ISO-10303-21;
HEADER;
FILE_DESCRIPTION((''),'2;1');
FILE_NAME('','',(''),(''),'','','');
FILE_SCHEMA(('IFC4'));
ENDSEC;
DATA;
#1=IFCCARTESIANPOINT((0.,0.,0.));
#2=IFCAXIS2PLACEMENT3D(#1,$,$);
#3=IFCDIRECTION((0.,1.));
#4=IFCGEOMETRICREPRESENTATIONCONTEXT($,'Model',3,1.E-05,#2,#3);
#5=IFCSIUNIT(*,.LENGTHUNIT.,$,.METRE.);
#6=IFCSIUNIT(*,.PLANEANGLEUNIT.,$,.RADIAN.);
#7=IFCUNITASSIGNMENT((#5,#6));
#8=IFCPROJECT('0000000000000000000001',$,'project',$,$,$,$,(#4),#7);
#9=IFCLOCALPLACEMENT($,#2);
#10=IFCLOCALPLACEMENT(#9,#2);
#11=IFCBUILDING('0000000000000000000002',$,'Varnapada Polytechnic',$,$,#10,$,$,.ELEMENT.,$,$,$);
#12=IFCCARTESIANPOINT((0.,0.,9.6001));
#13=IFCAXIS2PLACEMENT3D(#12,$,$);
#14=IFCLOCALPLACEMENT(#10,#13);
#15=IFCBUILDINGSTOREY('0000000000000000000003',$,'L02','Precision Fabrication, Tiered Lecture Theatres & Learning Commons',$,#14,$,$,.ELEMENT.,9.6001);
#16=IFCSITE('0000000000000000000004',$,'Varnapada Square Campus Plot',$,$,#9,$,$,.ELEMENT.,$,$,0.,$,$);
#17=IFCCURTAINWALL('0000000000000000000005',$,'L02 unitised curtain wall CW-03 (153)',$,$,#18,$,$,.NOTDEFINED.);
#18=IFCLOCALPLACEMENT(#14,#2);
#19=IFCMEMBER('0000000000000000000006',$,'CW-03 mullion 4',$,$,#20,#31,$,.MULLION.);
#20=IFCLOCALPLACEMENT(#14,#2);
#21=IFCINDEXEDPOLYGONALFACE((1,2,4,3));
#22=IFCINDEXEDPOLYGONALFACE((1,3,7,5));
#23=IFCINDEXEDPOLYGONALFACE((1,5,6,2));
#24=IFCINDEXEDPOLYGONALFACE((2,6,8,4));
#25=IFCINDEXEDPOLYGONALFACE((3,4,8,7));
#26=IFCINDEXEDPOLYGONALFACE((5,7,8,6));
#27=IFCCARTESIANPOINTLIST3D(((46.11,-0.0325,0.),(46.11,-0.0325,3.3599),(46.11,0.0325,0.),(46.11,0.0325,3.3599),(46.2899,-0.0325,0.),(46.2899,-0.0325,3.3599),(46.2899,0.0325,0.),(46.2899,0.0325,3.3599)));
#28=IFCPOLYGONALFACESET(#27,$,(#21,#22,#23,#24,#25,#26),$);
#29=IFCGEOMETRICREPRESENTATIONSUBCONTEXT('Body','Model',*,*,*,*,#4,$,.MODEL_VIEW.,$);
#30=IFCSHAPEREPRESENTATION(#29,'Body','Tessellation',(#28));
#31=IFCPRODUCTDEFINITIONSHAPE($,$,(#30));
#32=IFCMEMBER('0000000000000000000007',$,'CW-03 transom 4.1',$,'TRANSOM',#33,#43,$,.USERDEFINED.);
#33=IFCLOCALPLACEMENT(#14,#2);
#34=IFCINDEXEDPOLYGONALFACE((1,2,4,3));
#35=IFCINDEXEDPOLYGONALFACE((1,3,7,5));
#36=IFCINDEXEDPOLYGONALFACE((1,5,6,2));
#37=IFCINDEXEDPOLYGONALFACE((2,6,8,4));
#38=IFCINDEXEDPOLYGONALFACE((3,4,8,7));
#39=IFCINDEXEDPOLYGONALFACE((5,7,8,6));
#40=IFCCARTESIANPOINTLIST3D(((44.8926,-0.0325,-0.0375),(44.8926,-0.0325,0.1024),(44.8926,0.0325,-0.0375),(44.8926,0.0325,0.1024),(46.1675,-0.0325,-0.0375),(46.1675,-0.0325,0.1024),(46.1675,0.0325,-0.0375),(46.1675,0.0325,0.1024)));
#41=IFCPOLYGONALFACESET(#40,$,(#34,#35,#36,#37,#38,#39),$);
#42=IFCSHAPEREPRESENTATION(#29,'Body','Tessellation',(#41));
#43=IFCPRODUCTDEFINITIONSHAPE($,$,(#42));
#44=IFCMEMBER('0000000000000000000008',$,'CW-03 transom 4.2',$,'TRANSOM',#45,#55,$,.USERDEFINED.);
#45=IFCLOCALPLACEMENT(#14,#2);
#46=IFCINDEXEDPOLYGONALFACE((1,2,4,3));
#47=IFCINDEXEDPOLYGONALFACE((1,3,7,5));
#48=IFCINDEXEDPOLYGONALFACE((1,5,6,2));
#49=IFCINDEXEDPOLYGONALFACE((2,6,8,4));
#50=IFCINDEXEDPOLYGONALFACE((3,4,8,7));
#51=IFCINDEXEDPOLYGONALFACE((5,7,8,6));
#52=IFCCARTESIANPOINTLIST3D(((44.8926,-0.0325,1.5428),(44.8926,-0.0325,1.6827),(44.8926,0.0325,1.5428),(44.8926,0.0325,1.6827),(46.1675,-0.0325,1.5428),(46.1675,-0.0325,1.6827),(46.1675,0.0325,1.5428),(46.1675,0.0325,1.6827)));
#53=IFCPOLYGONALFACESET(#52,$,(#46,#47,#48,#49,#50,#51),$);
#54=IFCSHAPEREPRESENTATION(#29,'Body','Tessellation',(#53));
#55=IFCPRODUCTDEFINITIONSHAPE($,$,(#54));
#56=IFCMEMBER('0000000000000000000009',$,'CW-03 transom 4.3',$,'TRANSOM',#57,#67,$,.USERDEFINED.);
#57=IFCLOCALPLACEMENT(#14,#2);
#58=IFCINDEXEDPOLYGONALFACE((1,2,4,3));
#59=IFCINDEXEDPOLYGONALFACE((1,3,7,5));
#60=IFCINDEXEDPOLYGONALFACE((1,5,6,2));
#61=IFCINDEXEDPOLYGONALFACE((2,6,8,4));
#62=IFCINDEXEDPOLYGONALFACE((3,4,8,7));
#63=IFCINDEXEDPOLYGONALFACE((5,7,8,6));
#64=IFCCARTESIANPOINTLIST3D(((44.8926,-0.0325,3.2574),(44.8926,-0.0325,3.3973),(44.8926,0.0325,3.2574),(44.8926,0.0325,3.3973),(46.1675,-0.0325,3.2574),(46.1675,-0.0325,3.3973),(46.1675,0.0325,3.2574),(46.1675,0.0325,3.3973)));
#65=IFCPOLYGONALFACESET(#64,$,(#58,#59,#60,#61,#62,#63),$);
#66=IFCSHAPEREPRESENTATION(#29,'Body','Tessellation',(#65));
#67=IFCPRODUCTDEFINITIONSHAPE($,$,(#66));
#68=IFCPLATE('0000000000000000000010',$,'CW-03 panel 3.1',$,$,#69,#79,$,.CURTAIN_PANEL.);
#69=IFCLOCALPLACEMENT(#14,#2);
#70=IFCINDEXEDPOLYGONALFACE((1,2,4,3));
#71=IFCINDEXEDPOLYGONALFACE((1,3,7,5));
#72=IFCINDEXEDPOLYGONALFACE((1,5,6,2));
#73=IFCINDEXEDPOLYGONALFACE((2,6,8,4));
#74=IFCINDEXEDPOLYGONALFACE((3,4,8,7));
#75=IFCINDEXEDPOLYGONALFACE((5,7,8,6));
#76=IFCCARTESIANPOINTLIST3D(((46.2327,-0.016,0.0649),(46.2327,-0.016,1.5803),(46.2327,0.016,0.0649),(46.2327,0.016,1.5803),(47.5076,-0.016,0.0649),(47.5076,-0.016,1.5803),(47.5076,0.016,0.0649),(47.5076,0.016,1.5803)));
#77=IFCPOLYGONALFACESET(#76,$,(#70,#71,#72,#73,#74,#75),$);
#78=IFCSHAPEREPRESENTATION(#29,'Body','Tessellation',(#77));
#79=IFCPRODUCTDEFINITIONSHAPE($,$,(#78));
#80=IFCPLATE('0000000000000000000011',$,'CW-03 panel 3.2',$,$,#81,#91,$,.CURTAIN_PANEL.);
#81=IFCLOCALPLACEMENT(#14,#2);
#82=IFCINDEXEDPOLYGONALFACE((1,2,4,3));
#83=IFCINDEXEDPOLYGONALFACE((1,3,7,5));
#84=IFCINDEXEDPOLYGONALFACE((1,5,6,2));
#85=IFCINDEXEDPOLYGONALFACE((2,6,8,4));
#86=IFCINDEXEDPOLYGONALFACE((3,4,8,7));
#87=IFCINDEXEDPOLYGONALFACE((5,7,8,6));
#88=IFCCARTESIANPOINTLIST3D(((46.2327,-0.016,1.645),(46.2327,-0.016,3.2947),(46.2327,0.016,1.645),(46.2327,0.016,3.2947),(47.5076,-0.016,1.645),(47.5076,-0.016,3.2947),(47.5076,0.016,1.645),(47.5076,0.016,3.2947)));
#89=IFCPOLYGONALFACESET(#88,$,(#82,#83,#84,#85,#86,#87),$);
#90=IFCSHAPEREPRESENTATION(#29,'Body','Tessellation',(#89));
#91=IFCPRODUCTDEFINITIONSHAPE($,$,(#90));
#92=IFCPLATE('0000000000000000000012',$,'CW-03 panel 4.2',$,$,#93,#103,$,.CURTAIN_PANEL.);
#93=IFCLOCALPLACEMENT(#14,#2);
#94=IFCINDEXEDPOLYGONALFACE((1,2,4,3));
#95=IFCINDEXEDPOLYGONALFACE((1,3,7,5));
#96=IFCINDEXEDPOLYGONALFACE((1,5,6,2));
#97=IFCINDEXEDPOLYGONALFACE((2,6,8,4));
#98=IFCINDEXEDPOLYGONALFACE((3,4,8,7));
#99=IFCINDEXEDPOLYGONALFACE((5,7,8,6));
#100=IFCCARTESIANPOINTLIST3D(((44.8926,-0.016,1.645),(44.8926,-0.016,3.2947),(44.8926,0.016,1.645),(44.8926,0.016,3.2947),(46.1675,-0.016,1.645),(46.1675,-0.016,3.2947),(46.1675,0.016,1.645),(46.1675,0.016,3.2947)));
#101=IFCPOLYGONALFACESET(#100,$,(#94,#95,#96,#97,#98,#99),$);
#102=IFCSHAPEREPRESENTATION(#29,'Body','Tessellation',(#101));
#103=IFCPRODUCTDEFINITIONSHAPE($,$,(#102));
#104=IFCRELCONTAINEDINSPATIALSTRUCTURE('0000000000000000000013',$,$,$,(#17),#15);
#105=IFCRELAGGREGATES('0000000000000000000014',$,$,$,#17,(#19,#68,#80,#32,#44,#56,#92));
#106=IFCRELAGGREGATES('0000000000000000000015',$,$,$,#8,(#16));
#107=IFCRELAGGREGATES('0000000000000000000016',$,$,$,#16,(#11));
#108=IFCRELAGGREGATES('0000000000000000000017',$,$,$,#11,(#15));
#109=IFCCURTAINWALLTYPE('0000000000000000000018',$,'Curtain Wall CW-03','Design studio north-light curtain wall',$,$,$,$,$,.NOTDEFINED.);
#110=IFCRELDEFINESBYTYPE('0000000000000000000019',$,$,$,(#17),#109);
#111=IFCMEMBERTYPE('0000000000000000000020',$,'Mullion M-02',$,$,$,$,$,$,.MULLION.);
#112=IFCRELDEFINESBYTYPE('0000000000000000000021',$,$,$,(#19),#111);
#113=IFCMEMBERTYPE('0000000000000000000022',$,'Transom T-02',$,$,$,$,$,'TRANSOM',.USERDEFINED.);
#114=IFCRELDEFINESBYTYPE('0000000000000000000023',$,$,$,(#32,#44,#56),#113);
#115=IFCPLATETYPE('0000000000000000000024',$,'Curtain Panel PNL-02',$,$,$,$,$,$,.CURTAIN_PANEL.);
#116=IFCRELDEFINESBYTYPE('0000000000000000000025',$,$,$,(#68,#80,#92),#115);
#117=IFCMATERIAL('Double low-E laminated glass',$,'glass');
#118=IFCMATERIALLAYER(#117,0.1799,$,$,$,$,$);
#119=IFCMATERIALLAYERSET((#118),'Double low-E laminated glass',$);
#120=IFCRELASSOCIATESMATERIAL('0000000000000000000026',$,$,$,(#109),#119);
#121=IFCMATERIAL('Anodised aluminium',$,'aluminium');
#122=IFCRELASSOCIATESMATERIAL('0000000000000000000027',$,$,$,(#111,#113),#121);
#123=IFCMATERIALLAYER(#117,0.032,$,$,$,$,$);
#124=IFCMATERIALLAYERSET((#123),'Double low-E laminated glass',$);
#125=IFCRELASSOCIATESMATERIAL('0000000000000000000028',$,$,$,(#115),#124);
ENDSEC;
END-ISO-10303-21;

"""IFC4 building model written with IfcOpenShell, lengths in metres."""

from ifc_helpers import new_model, si_unit, direction, frame, origin, origin_2d, place, context, subcontext, project, spatial, rectangle, extrude, material, layer, layer_set, material_profile, profile_set, type_object, element, aggregate, save


model = new_model("IFC4")

# Units and contexts
model_context = context("Model", 3, precision=1e-05, world=origin(), true_north=direction((0.0, 1.0)))
body_context = subcontext(model_context, "Body", "Model", "MODEL_VIEW")
ifc_project = project(units=[si_unit("LENGTHUNIT", "METRE"), si_unit("PLANEANGLEUNIT", "RADIAN")], contexts=[model_context])

# Site, building, storey
site_placement = place(None, origin())
site = spatial("IfcSite", under=ifc_project, at=site_placement, Name="Varnapada Square Campus Plot", CompositionType="ELEMENT", RefElevation=0.0)
building_placement = place(site_placement, origin())
building = spatial("IfcBuilding", under=site, at=building_placement, Name="Varnapada Polytechnic", CompositionType="ELEMENT")
storey_placement = place(building_placement, frame((0.0, 0.0, 9.6001)))
storey = spatial("IfcBuildingStorey", under=building, at=storey_placement, Name="L02", Description="Precision Fabrication, Tiered Lecture Theatres & Learning Commons", CompositionType="ELEMENT", Elevation=9.6001)

# Curtain wall, members, plates
ifc_material_1 = material(Name="Double low-E laminated glass", Category="glass")
ifc_layer_1 = layer(ifc_material_1, 0.1799)
ifc_layer_set_1 = layer_set([ifc_layer_1], Name="Double low-E laminated glass")
curtain_wall_type = type_object("IfcCurtainWallType", Name="Curtain Wall CW-03", Description="Design studio north-light curtain wall", PredefinedType="NOTDEFINED", material=ifc_layer_set_1)
curtain_wall_placement = place(storey_placement, origin())
curtain_wall = element("IfcCurtainWall", 1, at=curtain_wall_placement, inside=storey, type_object=curtain_wall_type, Name="L02 unitised curtain wall CW-03 (153)", PredefinedType="NOTDEFINED")
ifc_material_2 = material(Name="Anodised aluminium", Category="aluminium")
ifc_material_profile_1 = material_profile(ifc_material_2, rectangle(XDim=0.0649, YDim=0.1799, at=origin_2d()), Name="ALU M65x180")
ifc_profile_set_1 = profile_set([ifc_material_profile_1], Name="Anodised aluminium")
member_type_1 = type_object("IfcMemberType", Name="Mullion M-02", PredefinedType="MULLION", material=ifc_profile_set_1)
member_1_placement = place(storey_placement, frame((46.2, 0.0, 0.0), z_axis=(0.0, 0.0, 1.0), x_axis=(0.0, -1.0, 0.0)))
member_1 = element("IfcMember", 2, at=member_1_placement, type_object=member_type_1, Name="CW-03 mullion 4", PredefinedType="MULLION", context=body_context, shape_type="SweptSolid", body=[
    extrude(rectangle(XDim=0.0649, YDim=0.1799, at=origin_2d()), origin(), (0.0, 0.0, 1.0), 3.3599),
])
ifc_material_profile_2 = material_profile(ifc_material_2, rectangle(XDim=0.0649, YDim=0.1399, at=origin_2d()), Name="ALU T65x140")
ifc_profile_set_2 = profile_set([ifc_material_profile_2], Name="Anodised aluminium")
member_type_2 = type_object("IfcMemberType", Name="Transom T-02", ElementType="TRANSOM", PredefinedType="USERDEFINED", material=ifc_profile_set_2)
member_2_placement = place(storey_placement, frame((46.1675, 0.0, 0.0325), z_axis=(-1.0, 0.0, 0.0), x_axis=(0.0, -1.0, 0.0)))
member_2 = element("IfcMember", 3, at=member_2_placement, type_object=member_type_2, Name="CW-03 transom 4.1", ObjectType="TRANSOM", PredefinedType="USERDEFINED", context=body_context, shape_type="SweptSolid", body=[
    extrude(rectangle(XDim=0.0649, YDim=0.1399, at=origin_2d()), origin(), (0.0, 0.0, 1.0), 1.2749),
])
member_3_placement = place(storey_placement, frame((46.1675, 0.0, 1.6128), z_axis=(-1.0, 0.0, 0.0), x_axis=(0.0, -1.0, 0.0)))
member_3 = element("IfcMember", 4, at=member_3_placement, type_object=member_type_2, Name="CW-03 transom 4.2", ObjectType="TRANSOM", PredefinedType="USERDEFINED", context=body_context, shape_type="SweptSolid", body=[
    extrude(rectangle(XDim=0.0649, YDim=0.1399, at=origin_2d()), origin(), (0.0, 0.0, 1.0), 1.2749),
])
member_4_placement = place(storey_placement, frame((46.1675, 0.0, 3.3274), z_axis=(-1.0, 0.0, 0.0), x_axis=(0.0, -1.0, 0.0)))
member_4 = element("IfcMember", 5, at=member_4_placement, type_object=member_type_2, Name="CW-03 transom 4.3", ObjectType="TRANSOM", PredefinedType="USERDEFINED", context=body_context, shape_type="SweptSolid", body=[
    extrude(rectangle(XDim=0.0649, YDim=0.1399, at=origin_2d()), origin(), (0.0, 0.0, 1.0), 1.2749),
])
ifc_layer_2 = layer(ifc_material_1, 0.032)
ifc_layer_set_2 = layer_set([ifc_layer_2], Name="Double low-E laminated glass")
plate_type = type_object("IfcPlateType", Name="Curtain Panel PNL-02", PredefinedType="CURTAIN_PANEL", material=ifc_layer_set_2)
plate_1_placement = place(storey_placement, frame((46.8701, 0.0, 0.0649), z_axis=(0.0, 0.0, 1.0), x_axis=(-1.0, 0.0, 0.0)))
plate_1 = element("IfcPlate", 6, at=plate_1_placement, type_object=plate_type, Name="CW-03 panel 3.1", PredefinedType="CURTAIN_PANEL", context=body_context, shape_type="SweptSolid", body=[
    extrude(rectangle(XDim=1.2749, YDim=0.032, at=origin_2d()), origin(), (0.0, 0.0, 1.0), 1.5154),
])
plate_2_placement = place(storey_placement, frame((46.8701, 0.0, 1.645), z_axis=(0.0, 0.0, 1.0), x_axis=(-1.0, 0.0, 0.0)))
plate_2 = element("IfcPlate", 7, at=plate_2_placement, type_object=plate_type, Name="CW-03 panel 3.2", PredefinedType="CURTAIN_PANEL", context=body_context, shape_type="SweptSolid", body=[
    extrude(rectangle(XDim=1.2749, YDim=0.032, at=origin_2d()), origin(), (0.0, 0.0, 1.0), 1.6497),
])
plate_3_placement = place(storey_placement, frame((45.53, 0.0, 1.645), z_axis=(0.0, 0.0, 1.0), x_axis=(-1.0, 0.0, 0.0)))
plate_3 = element("IfcPlate", 8, at=plate_3_placement, type_object=plate_type, Name="CW-03 panel 4.2", PredefinedType="CURTAIN_PANEL", context=body_context, shape_type="SweptSolid", body=[
    extrude(rectangle(XDim=1.2749, YDim=0.032, at=origin_2d()), origin(), (0.0, 0.0, 1.0), 1.6497),
])
aggregate(curtain_wall, [member_1, plate_1, plate_2, member_2, member_3, member_4, plate_3])

save(model, "model.ifc")
